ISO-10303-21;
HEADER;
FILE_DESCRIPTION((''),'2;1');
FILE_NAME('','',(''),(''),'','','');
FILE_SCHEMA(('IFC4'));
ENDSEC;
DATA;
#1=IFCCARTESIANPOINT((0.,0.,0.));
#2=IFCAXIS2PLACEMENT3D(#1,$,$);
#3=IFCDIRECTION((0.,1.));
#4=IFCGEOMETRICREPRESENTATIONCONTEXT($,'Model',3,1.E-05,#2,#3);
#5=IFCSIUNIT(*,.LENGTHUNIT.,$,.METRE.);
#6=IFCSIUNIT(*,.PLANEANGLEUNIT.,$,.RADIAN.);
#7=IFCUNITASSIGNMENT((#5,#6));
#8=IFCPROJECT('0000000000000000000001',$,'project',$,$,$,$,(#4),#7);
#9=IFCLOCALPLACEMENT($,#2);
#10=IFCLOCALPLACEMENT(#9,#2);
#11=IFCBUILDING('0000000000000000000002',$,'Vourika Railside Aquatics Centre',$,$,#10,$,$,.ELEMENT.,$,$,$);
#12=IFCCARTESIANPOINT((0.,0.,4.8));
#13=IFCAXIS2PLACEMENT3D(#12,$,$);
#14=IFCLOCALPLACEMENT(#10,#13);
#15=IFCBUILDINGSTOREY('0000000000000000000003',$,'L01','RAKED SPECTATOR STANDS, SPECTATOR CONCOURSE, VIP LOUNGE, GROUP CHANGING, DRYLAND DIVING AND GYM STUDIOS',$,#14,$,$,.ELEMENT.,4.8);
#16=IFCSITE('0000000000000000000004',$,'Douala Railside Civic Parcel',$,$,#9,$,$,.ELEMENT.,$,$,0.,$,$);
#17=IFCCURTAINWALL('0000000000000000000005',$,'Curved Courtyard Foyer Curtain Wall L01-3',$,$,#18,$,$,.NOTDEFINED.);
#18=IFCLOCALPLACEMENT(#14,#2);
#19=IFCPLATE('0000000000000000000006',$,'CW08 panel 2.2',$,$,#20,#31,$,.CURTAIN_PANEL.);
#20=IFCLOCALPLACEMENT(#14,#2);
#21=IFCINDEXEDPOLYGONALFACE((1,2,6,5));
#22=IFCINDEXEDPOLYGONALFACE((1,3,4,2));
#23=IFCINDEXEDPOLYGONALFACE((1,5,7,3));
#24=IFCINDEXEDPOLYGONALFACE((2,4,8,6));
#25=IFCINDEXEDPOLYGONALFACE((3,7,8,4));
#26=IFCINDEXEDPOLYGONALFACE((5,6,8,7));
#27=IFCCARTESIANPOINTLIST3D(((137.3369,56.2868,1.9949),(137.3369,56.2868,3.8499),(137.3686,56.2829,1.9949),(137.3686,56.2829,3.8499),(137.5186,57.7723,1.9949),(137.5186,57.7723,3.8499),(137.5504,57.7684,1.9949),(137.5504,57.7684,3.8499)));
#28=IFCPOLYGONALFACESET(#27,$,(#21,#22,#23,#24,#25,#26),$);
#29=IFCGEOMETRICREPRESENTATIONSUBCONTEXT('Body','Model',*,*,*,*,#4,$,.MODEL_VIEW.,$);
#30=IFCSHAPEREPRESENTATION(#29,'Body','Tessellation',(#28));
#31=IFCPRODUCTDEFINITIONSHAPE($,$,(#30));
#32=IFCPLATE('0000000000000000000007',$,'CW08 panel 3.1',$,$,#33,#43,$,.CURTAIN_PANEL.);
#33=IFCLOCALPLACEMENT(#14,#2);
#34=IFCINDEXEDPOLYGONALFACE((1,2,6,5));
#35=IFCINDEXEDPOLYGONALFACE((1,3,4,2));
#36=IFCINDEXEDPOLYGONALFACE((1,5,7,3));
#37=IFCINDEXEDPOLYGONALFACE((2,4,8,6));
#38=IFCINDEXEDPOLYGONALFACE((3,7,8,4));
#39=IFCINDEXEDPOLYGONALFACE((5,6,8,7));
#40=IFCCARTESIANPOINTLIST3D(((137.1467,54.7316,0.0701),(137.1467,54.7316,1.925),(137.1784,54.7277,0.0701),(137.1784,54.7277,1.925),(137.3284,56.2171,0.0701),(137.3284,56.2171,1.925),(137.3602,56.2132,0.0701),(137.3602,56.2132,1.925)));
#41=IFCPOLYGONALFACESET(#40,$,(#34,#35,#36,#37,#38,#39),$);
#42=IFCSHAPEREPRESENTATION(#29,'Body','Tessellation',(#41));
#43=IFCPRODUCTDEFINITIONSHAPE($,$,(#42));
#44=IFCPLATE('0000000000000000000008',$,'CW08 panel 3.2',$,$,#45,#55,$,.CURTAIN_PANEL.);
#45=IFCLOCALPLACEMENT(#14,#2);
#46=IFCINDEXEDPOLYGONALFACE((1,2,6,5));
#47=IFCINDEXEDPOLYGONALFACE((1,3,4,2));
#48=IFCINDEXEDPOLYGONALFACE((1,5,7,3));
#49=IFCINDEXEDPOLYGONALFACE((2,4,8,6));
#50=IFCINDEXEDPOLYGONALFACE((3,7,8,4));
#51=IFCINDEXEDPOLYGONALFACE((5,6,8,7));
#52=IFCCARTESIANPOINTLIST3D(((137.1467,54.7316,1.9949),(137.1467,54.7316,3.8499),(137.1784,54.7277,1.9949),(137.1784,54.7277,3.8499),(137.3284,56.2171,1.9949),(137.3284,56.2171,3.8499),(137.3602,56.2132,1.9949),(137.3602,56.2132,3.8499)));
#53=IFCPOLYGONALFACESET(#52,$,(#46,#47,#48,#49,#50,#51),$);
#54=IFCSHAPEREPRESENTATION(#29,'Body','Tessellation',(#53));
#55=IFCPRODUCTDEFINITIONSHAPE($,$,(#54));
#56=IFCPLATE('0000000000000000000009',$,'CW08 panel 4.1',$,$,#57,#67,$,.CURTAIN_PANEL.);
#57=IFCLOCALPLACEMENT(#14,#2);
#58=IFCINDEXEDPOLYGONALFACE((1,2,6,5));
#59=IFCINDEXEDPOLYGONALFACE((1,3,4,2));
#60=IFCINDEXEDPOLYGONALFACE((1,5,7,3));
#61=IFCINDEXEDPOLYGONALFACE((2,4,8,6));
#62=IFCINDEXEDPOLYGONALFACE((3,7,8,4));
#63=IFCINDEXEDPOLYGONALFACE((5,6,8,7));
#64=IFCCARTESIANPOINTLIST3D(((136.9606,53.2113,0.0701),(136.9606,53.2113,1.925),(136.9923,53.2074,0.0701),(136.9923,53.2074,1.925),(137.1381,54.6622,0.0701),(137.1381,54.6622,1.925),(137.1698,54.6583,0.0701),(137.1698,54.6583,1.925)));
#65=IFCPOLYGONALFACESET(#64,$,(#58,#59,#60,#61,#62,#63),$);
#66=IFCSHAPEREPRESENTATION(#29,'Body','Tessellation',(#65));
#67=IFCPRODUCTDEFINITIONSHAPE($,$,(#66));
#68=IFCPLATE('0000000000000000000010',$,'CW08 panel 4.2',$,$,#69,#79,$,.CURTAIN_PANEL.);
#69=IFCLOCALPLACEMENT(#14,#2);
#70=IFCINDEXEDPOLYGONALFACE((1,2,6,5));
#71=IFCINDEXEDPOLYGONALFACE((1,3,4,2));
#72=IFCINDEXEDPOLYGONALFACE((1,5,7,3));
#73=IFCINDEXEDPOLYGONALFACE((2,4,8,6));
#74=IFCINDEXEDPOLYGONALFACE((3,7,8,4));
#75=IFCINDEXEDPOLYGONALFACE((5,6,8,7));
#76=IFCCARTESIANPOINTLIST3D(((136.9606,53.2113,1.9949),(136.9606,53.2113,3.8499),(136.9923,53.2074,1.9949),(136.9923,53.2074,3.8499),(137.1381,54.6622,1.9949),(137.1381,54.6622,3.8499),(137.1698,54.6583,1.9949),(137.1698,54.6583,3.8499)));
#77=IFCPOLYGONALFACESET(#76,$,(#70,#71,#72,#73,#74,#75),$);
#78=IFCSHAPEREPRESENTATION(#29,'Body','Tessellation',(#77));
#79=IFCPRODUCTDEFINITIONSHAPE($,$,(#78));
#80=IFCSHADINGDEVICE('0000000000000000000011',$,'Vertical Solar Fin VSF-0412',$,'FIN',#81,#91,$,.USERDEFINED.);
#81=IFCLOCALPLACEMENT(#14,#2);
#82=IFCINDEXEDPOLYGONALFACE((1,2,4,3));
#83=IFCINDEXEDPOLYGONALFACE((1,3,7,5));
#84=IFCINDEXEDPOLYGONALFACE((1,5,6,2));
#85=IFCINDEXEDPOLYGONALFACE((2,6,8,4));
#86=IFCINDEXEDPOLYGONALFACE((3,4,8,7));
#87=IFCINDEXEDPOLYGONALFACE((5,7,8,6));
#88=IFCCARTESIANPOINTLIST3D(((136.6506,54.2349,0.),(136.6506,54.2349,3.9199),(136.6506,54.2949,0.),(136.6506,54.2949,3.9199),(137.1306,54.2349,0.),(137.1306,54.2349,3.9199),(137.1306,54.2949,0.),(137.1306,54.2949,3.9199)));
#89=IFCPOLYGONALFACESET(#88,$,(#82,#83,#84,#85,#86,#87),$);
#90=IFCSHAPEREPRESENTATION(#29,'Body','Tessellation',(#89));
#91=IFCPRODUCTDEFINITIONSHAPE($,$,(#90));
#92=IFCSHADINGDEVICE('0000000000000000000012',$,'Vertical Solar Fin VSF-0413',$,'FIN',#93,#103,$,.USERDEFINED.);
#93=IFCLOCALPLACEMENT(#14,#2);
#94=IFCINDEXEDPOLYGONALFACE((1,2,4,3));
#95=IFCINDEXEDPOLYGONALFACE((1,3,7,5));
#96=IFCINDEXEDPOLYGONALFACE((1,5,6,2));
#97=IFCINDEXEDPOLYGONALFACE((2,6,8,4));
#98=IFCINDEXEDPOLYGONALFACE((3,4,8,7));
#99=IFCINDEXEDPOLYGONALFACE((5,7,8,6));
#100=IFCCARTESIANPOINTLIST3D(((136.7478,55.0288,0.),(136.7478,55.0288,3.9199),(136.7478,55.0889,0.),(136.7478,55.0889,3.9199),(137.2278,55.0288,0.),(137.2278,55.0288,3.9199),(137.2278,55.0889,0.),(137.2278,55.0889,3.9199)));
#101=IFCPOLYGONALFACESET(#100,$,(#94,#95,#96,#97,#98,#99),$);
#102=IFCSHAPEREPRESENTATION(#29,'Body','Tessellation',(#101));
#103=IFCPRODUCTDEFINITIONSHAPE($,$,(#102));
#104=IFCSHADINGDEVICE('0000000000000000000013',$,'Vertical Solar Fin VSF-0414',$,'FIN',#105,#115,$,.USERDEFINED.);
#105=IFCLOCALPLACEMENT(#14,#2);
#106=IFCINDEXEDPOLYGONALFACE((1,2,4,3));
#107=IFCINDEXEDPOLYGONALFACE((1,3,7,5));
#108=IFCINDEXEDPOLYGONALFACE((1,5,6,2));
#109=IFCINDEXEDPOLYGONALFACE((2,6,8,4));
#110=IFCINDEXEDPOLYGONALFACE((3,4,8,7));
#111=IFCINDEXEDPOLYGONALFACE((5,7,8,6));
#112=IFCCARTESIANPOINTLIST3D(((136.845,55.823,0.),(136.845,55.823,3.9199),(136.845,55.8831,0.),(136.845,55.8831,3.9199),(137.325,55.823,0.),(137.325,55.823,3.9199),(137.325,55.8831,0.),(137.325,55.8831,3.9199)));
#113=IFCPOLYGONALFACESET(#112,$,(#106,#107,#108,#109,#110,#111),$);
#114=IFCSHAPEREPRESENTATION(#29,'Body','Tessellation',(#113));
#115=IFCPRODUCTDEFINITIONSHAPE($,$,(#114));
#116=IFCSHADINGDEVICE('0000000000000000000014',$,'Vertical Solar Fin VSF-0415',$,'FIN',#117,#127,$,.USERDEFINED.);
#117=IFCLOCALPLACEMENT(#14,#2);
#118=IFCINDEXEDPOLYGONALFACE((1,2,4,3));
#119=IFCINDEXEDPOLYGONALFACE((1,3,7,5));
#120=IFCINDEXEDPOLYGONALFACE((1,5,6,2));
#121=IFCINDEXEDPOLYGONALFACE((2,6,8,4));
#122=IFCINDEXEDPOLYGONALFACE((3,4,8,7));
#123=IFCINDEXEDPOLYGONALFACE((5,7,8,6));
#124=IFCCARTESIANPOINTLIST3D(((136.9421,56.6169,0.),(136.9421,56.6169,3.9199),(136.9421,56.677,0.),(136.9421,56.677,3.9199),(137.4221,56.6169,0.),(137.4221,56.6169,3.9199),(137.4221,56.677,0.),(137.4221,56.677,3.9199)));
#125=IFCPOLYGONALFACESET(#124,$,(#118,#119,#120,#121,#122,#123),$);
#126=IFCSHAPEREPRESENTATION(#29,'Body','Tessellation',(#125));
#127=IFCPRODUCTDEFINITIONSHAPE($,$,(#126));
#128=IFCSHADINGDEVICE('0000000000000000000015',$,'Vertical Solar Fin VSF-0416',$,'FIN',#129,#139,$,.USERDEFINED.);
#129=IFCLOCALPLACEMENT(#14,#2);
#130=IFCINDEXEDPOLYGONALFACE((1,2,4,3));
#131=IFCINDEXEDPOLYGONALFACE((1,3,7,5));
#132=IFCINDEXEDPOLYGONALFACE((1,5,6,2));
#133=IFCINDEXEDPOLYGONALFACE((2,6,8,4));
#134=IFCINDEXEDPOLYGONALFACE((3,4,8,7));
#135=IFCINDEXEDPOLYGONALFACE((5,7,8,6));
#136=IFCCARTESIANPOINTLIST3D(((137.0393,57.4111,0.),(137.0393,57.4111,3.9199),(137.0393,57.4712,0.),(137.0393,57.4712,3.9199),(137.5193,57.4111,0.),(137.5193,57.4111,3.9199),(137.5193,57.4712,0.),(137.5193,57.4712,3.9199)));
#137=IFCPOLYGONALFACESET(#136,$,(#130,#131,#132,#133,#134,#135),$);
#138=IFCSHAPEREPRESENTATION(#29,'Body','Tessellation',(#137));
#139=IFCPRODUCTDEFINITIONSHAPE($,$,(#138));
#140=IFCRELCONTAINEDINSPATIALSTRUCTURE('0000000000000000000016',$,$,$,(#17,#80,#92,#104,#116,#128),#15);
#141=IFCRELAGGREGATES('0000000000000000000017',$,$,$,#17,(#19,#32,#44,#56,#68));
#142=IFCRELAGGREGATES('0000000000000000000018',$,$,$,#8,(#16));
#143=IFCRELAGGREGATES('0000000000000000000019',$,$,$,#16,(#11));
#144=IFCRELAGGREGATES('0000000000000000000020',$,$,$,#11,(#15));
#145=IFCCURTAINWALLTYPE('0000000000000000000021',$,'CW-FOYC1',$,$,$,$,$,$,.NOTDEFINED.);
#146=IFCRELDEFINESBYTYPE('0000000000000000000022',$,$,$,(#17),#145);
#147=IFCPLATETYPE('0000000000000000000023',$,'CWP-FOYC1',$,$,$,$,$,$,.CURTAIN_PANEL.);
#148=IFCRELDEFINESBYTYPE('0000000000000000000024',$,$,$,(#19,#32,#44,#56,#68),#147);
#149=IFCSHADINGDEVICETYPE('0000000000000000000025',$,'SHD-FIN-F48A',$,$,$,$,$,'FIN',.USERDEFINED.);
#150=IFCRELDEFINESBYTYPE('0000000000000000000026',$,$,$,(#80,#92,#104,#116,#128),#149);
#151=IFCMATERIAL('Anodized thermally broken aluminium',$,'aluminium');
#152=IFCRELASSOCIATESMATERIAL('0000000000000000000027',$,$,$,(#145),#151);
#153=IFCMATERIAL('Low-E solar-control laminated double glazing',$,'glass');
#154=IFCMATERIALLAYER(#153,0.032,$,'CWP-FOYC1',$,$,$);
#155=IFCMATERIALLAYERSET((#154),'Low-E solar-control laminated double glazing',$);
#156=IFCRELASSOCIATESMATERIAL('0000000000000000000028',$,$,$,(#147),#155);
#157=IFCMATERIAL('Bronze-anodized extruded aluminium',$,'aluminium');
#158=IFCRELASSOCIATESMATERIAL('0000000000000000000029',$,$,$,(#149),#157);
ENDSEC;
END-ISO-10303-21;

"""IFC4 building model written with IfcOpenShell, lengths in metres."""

from ifc_helpers import new_model, si_unit, direction, frame, origin, origin_2d, place, context, subcontext, project, spatial, rectangle, extrude, material, layer, layer_set, material_profile, profile_set, type_object, element, aggregate, save


model = new_model("IFC4")

# Units and contexts
model_context = context("Model", 3, precision=1e-05, world=origin(), true_north=direction((0.0, 1.0)))
body_context = subcontext(model_context, "Body", "Model", "MODEL_VIEW")
ifc_project = project(units=[si_unit("LENGTHUNIT", "METRE"), si_unit("PLANEANGLEUNIT", "RADIAN")], contexts=[model_context])

# Site, building, storey
site_placement = place(None, origin())
site = spatial("IfcSite", under=ifc_project, at=site_placement, Name="Douala Railside Civic Parcel", CompositionType="ELEMENT", RefElevation=0.0)
building_placement = place(site_placement, origin())
building = spatial("IfcBuilding", under=site, at=building_placement, Name="Vourika Railside Aquatics Centre", CompositionType="ELEMENT")
storey_placement = place(building_placement, frame((0.0, 0.0, 4.8)))
storey = spatial("IfcBuildingStorey", under=building, at=storey_placement, Name="L01", Description="RAKED SPECTATOR STANDS, SPECTATOR CONCOURSE, VIP LOUNGE, GROUP CHANGING, DRYLAND DIVING AND GYM STUDIOS", CompositionType="ELEMENT", Elevation=4.8)

# Curtain wall, plates
ifc_material_1 = material(Name="Anodized thermally broken aluminium", Category="aluminium")
curtain_wall_type = type_object("IfcCurtainWallType", Name="CW-FOYC1", PredefinedType="NOTDEFINED", material=ifc_material_1)
curtain_wall_placement = place(storey_placement, origin())
curtain_wall = element("IfcCurtainWall", 1, at=curtain_wall_placement, inside=storey, type_object=curtain_wall_type, Name="Curved Courtyard Foyer Curtain Wall L01-3", PredefinedType="NOTDEFINED")
ifc_material_2 = material(Name="Low-E solar-control laminated double glazing", Category="glass")
ifc_layer = layer(ifc_material_2, 0.032, Name="CWP-FOYC1")
ifc_layer_set = layer_set([ifc_layer], Name="Low-E solar-control laminated double glazing")
plate_type = type_object("IfcPlateType", Name="CWP-FOYC1", PredefinedType="CURTAIN_PANEL", material=ifc_layer_set)
plate_1_placement = place(storey_placement, frame((137.4436, 57.0276, 1.9949), z_axis=(0.0, 0.0, 1.0), x_axis=(-0.121442, -0.992599, 0.0)))
plate_1 = element("IfcPlate", 2, at=plate_1_placement, type_object=plate_type, Name="CW08 panel 2.2", PredefinedType="CURTAIN_PANEL", context=body_context, shape_type="SweptSolid", body=[
    extrude(rectangle(XDim=1.4966, YDim=0.032, at=origin_2d()), origin(), (0.0, 0.0, 1.0), 1.855),
])
plate_2_placement = place(storey_placement, frame((137.2534, 55.4724, 0.0701), z_axis=(0.0, 0.0, 1.0), x_axis=(-0.121442, -0.992599, 0.0)))
plate_2 = element("IfcPlate", 3, at=plate_2_placement, type_object=plate_type, Name="CW08 panel 3.1", PredefinedType="CURTAIN_PANEL", context=body_context, shape_type="SweptSolid", body=[
    extrude(rectangle(XDim=1.4966, YDim=0.032, at=origin_2d()), origin(), (0.0, 0.0, 1.0), 1.855),
])
plate_3_placement = place(storey_placement, frame((137.2534, 55.4724, 1.9949), z_axis=(0.0, 0.0, 1.0), x_axis=(-0.121442, -0.992599, 0.0)))
plate_3 = element("IfcPlate", 4, at=plate_3_placement, type_object=plate_type, Name="CW08 panel 3.2", PredefinedType="CURTAIN_PANEL", context=body_context, shape_type="SweptSolid", body=[
    extrude(rectangle(XDim=1.4966, YDim=0.032, at=origin_2d()), origin(), (0.0, 0.0, 1.0), 1.855),
])
plate_4_placement = place(storey_placement, frame((137.0652, 53.9348, 0.0701), z_axis=(0.0, 0.0, 1.0), x_axis=(-0.121442, -0.992599, 0.0)))
plate_4 = element("IfcPlate", 5, at=plate_4_placement, type_object=plate_type, Name="CW08 panel 4.1", PredefinedType="CURTAIN_PANEL", context=body_context, shape_type="SweptSolid", body=[
    extrude(rectangle(XDim=1.4617, YDim=0.032, at=origin_2d()), origin(), (0.0, 0.0, 1.0), 1.855),
])
plate_5_placement = place(storey_placement, frame((137.0652, 53.9348, 1.9949), z_axis=(0.0, 0.0, 1.0), x_axis=(-0.121442, -0.992599, 0.0)))
plate_5 = element("IfcPlate", 6, at=plate_5_placement, type_object=plate_type, Name="CW08 panel 4.2", PredefinedType="CURTAIN_PANEL", context=body_context, shape_type="SweptSolid", body=[
    extrude(rectangle(XDim=1.4617, YDim=0.032, at=origin_2d()), origin(), (0.0, 0.0, 1.0), 1.855),
])
aggregate(curtain_wall, [plate_1, plate_2, plate_3, plate_4, plate_5])

# Shading devices
ifc_material_3 = material(Name="Bronze-anodized extruded aluminium", Category="aluminium")
ifc_material_profile_1 = material_profile(ifc_material_3, rectangle(XDim=0.0601, YDim=0.48, at=origin_2d()), Name="ALU-FIN 60x480")
ifc_profile_set_1 = profile_set([ifc_material_profile_1], Name="Bronze-anodized extruded aluminium")
shading_device_type = type_object("IfcShadingDeviceType", Name="SHD-FIN-F48A", ElementType="FIN", PredefinedType="USERDEFINED", material=ifc_profile_set_1)
for number, where, z_axis, x_axis, name in (
    (7, (136.8906, 54.2649, 0.0), (0.0, 0.0, 1.0), (0.0, 1.0, 0.0), "Vertical Solar Fin VSF-0412"),
    (8, (136.9878, 55.0588, 0.0), (0.0, 0.0, 1.0), (0.0, 1.0, 0.0), "Vertical Solar Fin VSF-0413"),
    (9, (137.085, 55.853, 0.0), (0.0, 0.0, 1.0), (0.0, 1.0, 0.0), "Vertical Solar Fin VSF-0414"),
    (10, (137.1821, 56.647, 0.0), (0.0, 0.0, 1.0), (0.0, 1.0, 0.0), "Vertical Solar Fin VSF-0415"),
    (11, (137.2793, 57.4412, 0.0), (0.0, 0.0, 1.0), (0.0, 1.0, 0.0), "Vertical Solar Fin VSF-0416"),
):
    element("IfcShadingDevice", number, at=place(storey_placement, frame(where, z_axis=z_axis, x_axis=x_axis)), inside=storey, type_object=shading_device_type, Name=name, ObjectType="FIN", PredefinedType="USERDEFINED", context=body_context, shape_type="SweptSolid", body=[
        extrude(rectangle(XDim=0.0601, YDim=0.48, at=origin_2d()), origin(), (0.0, 0.0, 1.0), 3.9199),
    ])

save(model, "model.ifc")
